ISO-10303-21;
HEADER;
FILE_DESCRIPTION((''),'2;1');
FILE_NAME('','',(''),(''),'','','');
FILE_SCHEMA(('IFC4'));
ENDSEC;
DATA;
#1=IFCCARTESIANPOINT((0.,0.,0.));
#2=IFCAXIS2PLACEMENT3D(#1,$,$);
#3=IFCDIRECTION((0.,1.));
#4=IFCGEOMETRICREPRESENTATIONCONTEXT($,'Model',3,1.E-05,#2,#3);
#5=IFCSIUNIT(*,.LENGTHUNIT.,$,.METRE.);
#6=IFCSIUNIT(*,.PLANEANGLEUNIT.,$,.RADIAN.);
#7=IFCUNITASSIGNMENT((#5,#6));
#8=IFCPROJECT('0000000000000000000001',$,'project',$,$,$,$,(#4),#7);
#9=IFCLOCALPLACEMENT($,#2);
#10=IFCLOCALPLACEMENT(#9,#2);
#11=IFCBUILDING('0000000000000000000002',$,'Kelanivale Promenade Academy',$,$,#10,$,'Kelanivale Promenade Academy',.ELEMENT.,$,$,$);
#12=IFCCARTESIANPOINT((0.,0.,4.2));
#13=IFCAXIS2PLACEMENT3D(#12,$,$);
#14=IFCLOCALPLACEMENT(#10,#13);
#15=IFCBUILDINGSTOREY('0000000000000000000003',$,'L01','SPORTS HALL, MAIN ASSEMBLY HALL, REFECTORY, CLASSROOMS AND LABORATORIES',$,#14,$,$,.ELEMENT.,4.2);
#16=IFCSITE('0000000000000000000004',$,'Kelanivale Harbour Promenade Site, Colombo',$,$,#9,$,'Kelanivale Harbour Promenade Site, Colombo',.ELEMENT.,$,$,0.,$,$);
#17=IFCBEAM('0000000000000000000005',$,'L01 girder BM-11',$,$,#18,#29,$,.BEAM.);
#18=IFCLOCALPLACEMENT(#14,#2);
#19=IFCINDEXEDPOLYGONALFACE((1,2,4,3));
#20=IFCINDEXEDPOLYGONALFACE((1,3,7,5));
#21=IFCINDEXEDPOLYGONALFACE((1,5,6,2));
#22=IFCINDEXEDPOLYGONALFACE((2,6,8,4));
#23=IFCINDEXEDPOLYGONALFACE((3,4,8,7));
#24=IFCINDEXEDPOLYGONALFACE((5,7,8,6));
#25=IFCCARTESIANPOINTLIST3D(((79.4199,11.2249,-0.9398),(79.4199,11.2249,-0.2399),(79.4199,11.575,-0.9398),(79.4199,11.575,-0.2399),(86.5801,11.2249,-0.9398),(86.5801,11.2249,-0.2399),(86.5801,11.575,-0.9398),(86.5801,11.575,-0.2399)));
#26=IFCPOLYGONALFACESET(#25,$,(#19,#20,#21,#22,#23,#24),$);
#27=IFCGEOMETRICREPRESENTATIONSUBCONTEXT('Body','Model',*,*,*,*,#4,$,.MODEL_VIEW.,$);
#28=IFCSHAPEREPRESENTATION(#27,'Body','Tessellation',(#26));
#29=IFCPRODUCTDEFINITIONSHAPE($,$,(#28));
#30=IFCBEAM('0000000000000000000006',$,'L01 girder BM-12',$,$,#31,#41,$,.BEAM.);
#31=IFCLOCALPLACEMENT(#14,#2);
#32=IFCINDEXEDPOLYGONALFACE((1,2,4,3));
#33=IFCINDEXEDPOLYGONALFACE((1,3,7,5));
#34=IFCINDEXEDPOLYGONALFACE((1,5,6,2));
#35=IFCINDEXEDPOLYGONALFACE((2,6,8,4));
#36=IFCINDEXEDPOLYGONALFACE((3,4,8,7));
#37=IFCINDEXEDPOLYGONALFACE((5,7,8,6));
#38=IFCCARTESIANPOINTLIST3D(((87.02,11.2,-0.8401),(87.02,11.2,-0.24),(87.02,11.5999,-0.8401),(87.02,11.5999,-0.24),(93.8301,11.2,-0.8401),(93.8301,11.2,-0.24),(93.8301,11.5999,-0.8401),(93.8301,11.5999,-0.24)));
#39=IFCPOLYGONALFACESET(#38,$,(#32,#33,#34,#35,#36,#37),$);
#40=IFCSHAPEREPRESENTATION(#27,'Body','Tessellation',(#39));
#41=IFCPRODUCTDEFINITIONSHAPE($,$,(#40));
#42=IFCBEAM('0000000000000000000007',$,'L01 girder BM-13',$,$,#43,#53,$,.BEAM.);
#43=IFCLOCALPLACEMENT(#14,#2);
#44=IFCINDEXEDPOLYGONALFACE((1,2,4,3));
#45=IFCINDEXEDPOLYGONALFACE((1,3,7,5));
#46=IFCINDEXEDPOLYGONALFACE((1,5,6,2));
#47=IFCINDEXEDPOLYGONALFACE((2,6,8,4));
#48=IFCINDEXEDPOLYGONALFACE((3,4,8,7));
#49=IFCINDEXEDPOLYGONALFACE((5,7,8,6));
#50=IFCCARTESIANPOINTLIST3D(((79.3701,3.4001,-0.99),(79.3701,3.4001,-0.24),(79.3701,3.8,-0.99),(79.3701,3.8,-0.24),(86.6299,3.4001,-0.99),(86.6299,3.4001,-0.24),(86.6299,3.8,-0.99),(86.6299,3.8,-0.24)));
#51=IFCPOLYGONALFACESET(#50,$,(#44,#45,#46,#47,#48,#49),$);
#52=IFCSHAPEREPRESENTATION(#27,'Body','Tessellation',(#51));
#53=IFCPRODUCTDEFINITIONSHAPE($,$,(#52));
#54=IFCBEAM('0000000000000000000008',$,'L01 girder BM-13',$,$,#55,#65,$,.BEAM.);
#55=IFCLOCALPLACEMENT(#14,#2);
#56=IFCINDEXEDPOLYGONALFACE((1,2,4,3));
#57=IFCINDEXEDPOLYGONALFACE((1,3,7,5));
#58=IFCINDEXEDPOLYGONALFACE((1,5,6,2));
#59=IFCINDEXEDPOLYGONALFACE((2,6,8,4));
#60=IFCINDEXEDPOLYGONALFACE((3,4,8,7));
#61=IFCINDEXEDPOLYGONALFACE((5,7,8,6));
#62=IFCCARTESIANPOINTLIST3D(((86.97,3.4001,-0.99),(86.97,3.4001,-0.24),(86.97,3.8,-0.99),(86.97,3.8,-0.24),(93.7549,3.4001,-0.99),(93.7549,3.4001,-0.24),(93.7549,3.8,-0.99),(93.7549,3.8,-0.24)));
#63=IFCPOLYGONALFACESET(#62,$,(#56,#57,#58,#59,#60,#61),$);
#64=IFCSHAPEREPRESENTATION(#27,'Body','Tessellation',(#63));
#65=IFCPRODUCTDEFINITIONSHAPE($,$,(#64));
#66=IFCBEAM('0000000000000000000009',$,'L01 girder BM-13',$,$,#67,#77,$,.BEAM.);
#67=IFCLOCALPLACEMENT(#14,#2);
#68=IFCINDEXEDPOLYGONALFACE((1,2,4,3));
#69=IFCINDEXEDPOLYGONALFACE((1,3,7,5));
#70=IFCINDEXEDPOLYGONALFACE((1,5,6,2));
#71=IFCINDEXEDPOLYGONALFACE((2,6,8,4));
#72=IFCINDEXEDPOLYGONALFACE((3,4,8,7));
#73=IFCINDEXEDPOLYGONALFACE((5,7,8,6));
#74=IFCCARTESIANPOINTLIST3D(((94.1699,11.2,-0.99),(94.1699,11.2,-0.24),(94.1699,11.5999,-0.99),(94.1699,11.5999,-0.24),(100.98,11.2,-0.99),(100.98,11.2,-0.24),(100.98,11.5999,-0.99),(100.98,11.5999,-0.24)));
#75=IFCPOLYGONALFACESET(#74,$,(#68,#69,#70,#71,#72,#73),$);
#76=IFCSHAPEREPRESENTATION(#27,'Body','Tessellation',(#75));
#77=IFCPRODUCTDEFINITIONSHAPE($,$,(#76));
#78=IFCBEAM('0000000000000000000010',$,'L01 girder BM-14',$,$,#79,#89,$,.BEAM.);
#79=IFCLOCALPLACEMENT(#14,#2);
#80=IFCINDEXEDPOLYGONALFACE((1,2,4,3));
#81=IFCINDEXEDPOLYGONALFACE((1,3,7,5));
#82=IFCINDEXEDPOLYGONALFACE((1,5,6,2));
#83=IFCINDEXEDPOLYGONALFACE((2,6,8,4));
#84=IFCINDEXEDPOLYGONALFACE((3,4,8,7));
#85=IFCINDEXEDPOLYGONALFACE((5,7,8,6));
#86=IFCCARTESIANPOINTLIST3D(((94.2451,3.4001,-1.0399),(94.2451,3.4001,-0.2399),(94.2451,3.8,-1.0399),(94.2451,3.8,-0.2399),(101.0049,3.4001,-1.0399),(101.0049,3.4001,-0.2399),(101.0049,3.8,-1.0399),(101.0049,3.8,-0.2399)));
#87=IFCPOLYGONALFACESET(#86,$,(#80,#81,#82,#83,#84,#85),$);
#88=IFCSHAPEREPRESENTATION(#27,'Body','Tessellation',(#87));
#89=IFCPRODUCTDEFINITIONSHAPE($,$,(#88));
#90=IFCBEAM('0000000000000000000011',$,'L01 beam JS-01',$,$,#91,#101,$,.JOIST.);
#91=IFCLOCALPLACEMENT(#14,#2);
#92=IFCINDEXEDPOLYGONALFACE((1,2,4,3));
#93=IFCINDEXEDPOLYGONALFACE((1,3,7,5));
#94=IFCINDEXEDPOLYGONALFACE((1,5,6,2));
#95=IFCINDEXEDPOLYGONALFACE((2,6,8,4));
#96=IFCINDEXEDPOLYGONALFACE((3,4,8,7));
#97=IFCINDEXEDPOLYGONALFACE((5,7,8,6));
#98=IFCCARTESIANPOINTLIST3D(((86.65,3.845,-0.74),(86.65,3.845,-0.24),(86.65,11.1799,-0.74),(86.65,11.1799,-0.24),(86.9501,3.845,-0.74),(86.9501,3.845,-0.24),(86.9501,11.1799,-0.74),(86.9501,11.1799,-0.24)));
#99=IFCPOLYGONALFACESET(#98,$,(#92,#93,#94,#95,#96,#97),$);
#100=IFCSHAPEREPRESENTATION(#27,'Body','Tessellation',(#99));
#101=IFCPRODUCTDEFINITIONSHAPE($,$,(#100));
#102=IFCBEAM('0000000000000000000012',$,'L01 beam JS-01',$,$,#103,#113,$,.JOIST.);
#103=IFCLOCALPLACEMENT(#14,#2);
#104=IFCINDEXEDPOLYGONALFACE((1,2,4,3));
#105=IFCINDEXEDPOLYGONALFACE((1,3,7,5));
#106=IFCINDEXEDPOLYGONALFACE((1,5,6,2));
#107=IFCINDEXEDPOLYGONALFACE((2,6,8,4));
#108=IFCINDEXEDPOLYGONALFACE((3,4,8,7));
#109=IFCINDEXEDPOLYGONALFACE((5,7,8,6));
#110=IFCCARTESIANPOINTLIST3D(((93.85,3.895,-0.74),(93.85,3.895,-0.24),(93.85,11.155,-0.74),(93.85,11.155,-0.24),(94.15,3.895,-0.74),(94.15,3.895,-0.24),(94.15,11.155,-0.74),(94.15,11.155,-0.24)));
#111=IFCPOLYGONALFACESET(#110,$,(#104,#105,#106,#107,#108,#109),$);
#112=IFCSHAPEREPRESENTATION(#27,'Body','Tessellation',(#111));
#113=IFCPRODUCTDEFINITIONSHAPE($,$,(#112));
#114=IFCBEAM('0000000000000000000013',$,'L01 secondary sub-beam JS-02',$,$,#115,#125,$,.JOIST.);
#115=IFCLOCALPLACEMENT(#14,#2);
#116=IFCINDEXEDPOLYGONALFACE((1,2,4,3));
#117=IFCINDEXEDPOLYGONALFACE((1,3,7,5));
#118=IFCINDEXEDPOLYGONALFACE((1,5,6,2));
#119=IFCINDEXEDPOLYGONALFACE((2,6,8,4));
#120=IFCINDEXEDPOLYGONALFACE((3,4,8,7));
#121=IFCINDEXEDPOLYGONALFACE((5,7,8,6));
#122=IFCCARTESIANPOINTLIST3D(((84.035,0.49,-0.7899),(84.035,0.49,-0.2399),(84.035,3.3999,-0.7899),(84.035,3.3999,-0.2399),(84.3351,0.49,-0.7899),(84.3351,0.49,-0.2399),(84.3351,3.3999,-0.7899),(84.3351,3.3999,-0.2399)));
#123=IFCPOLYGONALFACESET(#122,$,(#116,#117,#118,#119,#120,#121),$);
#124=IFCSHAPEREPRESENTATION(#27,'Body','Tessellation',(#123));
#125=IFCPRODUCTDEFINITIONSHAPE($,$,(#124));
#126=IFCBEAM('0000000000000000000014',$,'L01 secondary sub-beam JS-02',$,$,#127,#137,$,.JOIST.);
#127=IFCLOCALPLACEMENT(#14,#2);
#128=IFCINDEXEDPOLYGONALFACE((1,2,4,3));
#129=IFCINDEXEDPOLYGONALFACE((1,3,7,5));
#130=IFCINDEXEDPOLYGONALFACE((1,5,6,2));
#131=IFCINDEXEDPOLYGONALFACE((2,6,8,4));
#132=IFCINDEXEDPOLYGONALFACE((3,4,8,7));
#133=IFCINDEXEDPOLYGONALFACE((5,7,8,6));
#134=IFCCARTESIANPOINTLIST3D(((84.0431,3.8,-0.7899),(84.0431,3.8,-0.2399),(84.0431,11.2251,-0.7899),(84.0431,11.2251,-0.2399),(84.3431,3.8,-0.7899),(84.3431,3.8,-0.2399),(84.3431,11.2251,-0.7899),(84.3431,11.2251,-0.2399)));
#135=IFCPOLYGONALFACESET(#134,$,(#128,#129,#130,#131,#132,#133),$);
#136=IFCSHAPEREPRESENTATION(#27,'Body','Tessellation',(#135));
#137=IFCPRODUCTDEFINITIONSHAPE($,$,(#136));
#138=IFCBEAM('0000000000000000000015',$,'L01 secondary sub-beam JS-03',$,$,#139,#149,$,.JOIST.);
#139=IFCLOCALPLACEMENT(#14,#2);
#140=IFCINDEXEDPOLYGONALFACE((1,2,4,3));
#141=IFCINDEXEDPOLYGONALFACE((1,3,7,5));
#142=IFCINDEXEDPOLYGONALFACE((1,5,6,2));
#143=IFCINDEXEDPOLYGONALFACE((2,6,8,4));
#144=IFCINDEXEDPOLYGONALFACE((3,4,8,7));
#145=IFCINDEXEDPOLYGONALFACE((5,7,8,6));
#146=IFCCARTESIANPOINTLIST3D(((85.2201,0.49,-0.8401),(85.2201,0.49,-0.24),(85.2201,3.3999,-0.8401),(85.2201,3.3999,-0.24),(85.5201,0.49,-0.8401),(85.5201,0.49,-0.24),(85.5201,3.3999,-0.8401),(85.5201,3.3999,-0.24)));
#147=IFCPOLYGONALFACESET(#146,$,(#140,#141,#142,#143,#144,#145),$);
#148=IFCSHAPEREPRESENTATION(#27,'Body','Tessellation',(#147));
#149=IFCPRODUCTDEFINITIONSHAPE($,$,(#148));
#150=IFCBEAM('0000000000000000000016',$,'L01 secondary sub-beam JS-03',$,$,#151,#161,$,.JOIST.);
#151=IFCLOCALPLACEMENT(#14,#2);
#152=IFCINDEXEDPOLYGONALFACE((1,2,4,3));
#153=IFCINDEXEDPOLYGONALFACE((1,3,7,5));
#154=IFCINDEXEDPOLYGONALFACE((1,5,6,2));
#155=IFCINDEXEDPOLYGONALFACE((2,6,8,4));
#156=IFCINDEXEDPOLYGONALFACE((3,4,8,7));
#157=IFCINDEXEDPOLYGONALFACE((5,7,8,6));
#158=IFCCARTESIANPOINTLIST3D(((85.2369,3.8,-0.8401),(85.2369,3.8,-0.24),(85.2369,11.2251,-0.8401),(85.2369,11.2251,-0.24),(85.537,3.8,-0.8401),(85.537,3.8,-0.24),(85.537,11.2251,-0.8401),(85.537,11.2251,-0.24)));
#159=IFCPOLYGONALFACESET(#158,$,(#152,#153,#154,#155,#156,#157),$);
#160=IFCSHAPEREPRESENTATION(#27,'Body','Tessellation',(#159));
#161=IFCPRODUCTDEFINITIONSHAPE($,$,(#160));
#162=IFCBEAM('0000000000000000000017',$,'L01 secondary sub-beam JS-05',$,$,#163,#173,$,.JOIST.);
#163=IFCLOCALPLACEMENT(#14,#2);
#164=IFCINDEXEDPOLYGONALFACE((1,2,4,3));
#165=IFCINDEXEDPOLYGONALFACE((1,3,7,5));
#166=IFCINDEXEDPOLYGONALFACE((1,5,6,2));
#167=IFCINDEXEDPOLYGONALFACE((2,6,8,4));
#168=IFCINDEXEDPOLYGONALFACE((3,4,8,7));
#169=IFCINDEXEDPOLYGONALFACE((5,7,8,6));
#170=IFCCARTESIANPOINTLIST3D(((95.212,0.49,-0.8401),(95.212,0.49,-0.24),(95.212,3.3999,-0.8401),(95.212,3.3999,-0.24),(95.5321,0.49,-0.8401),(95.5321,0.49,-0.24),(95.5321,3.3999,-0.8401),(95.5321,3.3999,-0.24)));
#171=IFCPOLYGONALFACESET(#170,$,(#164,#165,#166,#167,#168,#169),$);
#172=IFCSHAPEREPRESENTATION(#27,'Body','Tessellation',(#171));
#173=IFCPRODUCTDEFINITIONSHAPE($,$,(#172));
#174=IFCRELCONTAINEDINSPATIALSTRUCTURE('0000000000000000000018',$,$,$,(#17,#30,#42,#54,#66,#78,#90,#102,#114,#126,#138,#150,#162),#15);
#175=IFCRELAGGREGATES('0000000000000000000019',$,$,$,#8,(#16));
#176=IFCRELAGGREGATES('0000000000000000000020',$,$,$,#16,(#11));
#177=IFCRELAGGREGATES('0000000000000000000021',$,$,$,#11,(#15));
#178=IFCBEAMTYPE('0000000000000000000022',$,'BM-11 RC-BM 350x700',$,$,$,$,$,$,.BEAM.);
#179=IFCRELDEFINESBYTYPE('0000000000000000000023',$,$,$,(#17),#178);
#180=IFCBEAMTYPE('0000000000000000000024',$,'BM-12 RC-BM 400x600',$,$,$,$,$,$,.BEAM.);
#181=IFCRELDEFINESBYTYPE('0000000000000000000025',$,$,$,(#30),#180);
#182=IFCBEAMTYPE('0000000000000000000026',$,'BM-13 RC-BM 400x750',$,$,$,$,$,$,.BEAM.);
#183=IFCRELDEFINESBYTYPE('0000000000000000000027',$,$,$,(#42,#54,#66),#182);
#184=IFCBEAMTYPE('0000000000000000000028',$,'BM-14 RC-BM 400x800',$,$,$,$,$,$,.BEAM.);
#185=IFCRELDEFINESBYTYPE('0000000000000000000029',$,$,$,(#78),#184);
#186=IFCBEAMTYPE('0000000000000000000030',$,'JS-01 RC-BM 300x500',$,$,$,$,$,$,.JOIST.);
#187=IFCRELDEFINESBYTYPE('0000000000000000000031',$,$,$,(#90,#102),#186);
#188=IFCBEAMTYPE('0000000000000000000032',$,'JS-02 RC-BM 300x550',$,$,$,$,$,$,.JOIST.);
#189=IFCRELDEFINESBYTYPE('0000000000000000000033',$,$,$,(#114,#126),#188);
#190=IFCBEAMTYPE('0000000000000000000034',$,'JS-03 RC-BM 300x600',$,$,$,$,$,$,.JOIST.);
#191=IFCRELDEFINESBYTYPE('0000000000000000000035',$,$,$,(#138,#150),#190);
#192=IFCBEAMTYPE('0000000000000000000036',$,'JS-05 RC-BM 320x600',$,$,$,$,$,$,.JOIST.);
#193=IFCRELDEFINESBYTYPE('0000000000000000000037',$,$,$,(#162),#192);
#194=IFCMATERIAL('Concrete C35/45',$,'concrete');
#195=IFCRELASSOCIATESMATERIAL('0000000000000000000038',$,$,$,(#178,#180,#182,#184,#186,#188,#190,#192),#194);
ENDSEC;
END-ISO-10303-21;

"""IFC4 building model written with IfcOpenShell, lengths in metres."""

from ifc_helpers import new_model, si_unit, direction, frame, origin, origin_2d, place, context, subcontext, project, spatial, rectangle, extrude, material, material_profile, profile_set, type_object, element, save


model = new_model("IFC4")

# Units and contexts
model_context = context("Model", 3, precision=1e-05, world=origin(), true_north=direction((0.0, 1.0)))
body_context = subcontext(model_context, "Body", "Model", "MODEL_VIEW")
ifc_project = project(units=[si_unit("LENGTHUNIT", "METRE"), si_unit("PLANEANGLEUNIT", "RADIAN")], contexts=[model_context])

# Site, building, storey
site_placement = place(None, origin())
site = spatial("IfcSite", under=ifc_project, at=site_placement, Name="Kelanivale Harbour Promenade Site, Colombo", LongName="Kelanivale Harbour Promenade Site, Colombo", CompositionType="ELEMENT", RefElevation=0.0)
building_placement = place(site_placement, origin())
building = spatial("IfcBuilding", under=site, at=building_placement, Name="Kelanivale Promenade Academy", LongName="Kelanivale Promenade Academy", CompositionType="ELEMENT")
storey_placement = place(building_placement, frame((0.0, 0.0, 4.2)))
storey = spatial("IfcBuildingStorey", under=building, at=storey_placement, Name="L01", Description="SPORTS HALL, MAIN ASSEMBLY HALL, REFECTORY, CLASSROOMS AND LABORATORIES", CompositionType="ELEMENT", Elevation=4.2)

# Beams
ifc_material_1 = material(Name="Concrete C35/45", Category="concrete")
ifc_material_profile_1 = material_profile(ifc_material_1, rectangle(XDim=0.3501, YDim=0.7, at=origin_2d()), Name="RC-BM 350x700")
ifc_profile_set_1 = profile_set([ifc_material_profile_1], Name="Concrete C35/45")
beam_type_1 = type_object("IfcBeamType", Name="BM-11 RC-BM 350x700", PredefinedType="BEAM", material=ifc_profile_set_1)
beam_1_placement = place(storey_placement, frame((79.4199, 11.3999, -0.5898), z_axis=(1.0, 0.0, 0.0), x_axis=(0.0, 1.0, 0.0)))
element("IfcBeam", 1, at=beam_1_placement, inside=storey, type_object=beam_type_1, Name="L01 girder BM-11", PredefinedType="BEAM", context=body_context, shape_type="SweptSolid", body=[
    extrude(rectangle(XDim=0.3501, YDim=0.7, at=origin_2d()), origin(), (0.0, 0.0, 1.0), 7.1602),
])
ifc_material_profile_2 = material_profile(ifc_material_1, rectangle(XDim=0.3999, YDim=0.6001, at=origin_2d()), Name="RC-BM 400x600")
ifc_profile_set_2 = profile_set([ifc_material_profile_2], Name="Concrete C35/45")
beam_type_2 = type_object("IfcBeamType", Name="BM-12 RC-BM 400x600", PredefinedType="BEAM", material=ifc_profile_set_2)
beam_2_placement = place(storey_placement, frame((87.02, 11.3999, -0.54), z_axis=(1.0, 0.0, 0.0), x_axis=(0.0, 1.0, 0.0)))
element("IfcBeam", 2, at=beam_2_placement, inside=storey, type_object=beam_type_2, Name="L01 girder BM-12", PredefinedType="BEAM", context=body_context, shape_type="SweptSolid", body=[
    extrude(rectangle(XDim=0.3999, YDim=0.6001, at=origin_2d()), origin(), (0.0, 0.0, 1.0), 6.8101),
])
ifc_material_profile_3 = material_profile(ifc_material_1, rectangle(XDim=0.3999, YDim=0.75, at=origin_2d()), Name="RC-BM 400x750")
ifc_profile_set_3 = profile_set([ifc_material_profile_3], Name="Concrete C35/45")
beam_type_3 = type_object("IfcBeamType", Name="BM-13 RC-BM 400x750", PredefinedType="BEAM", material=ifc_profile_set_3)
beam_3_placement = place(storey_placement, frame((79.3701, 3.6001, -0.615), z_axis=(1.0, 0.0, 0.0), x_axis=(0.0, 1.0, 0.0)))
element("IfcBeam", 3, at=beam_3_placement, inside=storey, type_object=beam_type_3, Name="L01 girder BM-13", PredefinedType="BEAM", context=body_context, shape_type="SweptSolid", body=[
    extrude(rectangle(XDim=0.3999, YDim=0.75, at=origin_2d()), origin(), (0.0, 0.0, 1.0), 7.2598),
])
beam_4_placement = place(storey_placement, frame((86.97, 3.6001, -0.615), z_axis=(1.0, 0.0, 0.0), x_axis=(0.0, 1.0, 0.0)))
element("IfcBeam", 4, at=beam_4_placement, inside=storey, type_object=beam_type_3, Name="L01 girder BM-13", PredefinedType="BEAM", context=body_context, shape_type="SweptSolid", body=[
    extrude(rectangle(XDim=0.3999, YDim=0.75, at=origin_2d()), origin(), (0.0, 0.0, 1.0), 6.7849),
])
beam_5_placement = place(storey_placement, frame((94.1699, 11.3999, -0.615), z_axis=(1.0, 0.0, 0.0), x_axis=(0.0, 1.0, 0.0)))
element("IfcBeam", 5, at=beam_5_placement, inside=storey, type_object=beam_type_3, Name="L01 girder BM-13", PredefinedType="BEAM", context=body_context, shape_type="SweptSolid", body=[
    extrude(rectangle(XDim=0.3999, YDim=0.75, at=origin_2d()), origin(), (0.0, 0.0, 1.0), 6.8101),
])
ifc_material_profile_4 = material_profile(ifc_material_1, rectangle(XDim=0.3999, YDim=0.8, at=origin_2d()), Name="RC-BM 400x800")
ifc_profile_set_4 = profile_set([ifc_material_profile_4], Name="Concrete C35/45")
beam_type_4 = type_object("IfcBeamType", Name="BM-14 RC-BM 400x800", PredefinedType="BEAM", material=ifc_profile_set_4)
beam_6_placement = place(storey_placement, frame((94.2451, 3.6001, -0.6399), z_axis=(1.0, 0.0, 0.0), x_axis=(0.0, 1.0, 0.0)))
element("IfcBeam", 6, at=beam_6_placement, inside=storey, type_object=beam_type_4, Name="L01 girder BM-14", PredefinedType="BEAM", context=body_context, shape_type="SweptSolid", body=[
    extrude(rectangle(XDim=0.3999, YDim=0.8, at=origin_2d()), origin(), (0.0, 0.0, 1.0), 6.7598),
])
ifc_material_profile_5 = material_profile(ifc_material_1, rectangle(XDim=0.3, YDim=0.5, at=origin_2d()), Name="RC-BM 300x500")
ifc_profile_set_5 = profile_set([ifc_material_profile_5], Name="Concrete C35/45")
beam_type_5 = type_object("IfcBeamType", Name="JS-01 RC-BM 300x500", PredefinedType="JOIST", material=ifc_profile_set_5)
beam_7_placement = place(storey_placement, frame((86.8, 3.845, -0.49), z_axis=(0.0, 1.0, 0.0), x_axis=(-1.0, 0.0, 0.0)))
element("IfcBeam", 7, at=beam_7_placement, inside=storey, type_object=beam_type_5, Name="L01 beam JS-01", PredefinedType="JOIST", context=body_context, shape_type="SweptSolid", body=[
    extrude(rectangle(XDim=0.3, YDim=0.5, at=origin_2d()), origin(), (0.0, 0.0, 1.0), 7.335),
])
beam_8_placement = place(storey_placement, frame((94.0, 3.895, -0.49), z_axis=(0.0, 1.0, 0.0), x_axis=(-1.0, 0.0, 0.0)))
element("IfcBeam", 8, at=beam_8_placement, inside=storey, type_object=beam_type_5, Name="L01 beam JS-01", PredefinedType="JOIST", context=body_context, shape_type="SweptSolid", body=[
    extrude(rectangle(XDim=0.3, YDim=0.5, at=origin_2d()), origin(), (0.0, 0.0, 1.0), 7.26),
])
ifc_material_profile_6 = material_profile(ifc_material_1, rectangle(XDim=0.3, YDim=0.55, at=origin_2d()), Name="RC-BM 300x550")
ifc_profile_set_6 = profile_set([ifc_material_profile_6], Name="Concrete C35/45")
beam_type_6 = type_object("IfcBeamType", Name="JS-02 RC-BM 300x550", PredefinedType="JOIST", material=ifc_profile_set_6)
beam_9_placement = place(storey_placement, frame((84.1851, 0.49, -0.5149), z_axis=(0.0, 1.0, 0.0), x_axis=(-1.0, 0.0, 0.0)))
element("IfcBeam", 9, at=beam_9_placement, inside=storey, type_object=beam_type_6, Name="L01 secondary sub-beam JS-02", PredefinedType="JOIST", context=body_context, shape_type="SweptSolid", body=[
    extrude(rectangle(XDim=0.3, YDim=0.55, at=origin_2d()), origin(), (0.0, 0.0, 1.0), 2.9099),
])
beam_10_placement = place(storey_placement, frame((84.1931, 3.8, -0.5149), z_axis=(0.0, 1.0, 0.0), x_axis=(-1.0, 0.0, 0.0)))
element("IfcBeam", 10, at=beam_10_placement, inside=storey, type_object=beam_type_6, Name="L01 secondary sub-beam JS-02", PredefinedType="JOIST", context=body_context, shape_type="SweptSolid", body=[
    extrude(rectangle(XDim=0.3, YDim=0.55, at=origin_2d()), origin(), (0.0, 0.0, 1.0), 7.425),
])
ifc_material_profile_7 = material_profile(ifc_material_1, rectangle(XDim=0.3, YDim=0.6001, at=origin_2d()), Name="RC-BM 300x600")
ifc_profile_set_7 = profile_set([ifc_material_profile_7], Name="Concrete C35/45")
beam_type_7 = type_object("IfcBeamType", Name="JS-03 RC-BM 300x600", PredefinedType="JOIST", material=ifc_profile_set_7)
beam_11_placement = place(storey_placement, frame((85.3701, 0.49, -0.54), z_axis=(0.0, 1.0, 0.0), x_axis=(-1.0, 0.0, 0.0)))
element("IfcBeam", 11, at=beam_11_placement, inside=storey, type_object=beam_type_7, Name="L01 secondary sub-beam JS-03", PredefinedType="JOIST", context=body_context, shape_type="SweptSolid", body=[
    extrude(rectangle(XDim=0.3, YDim=0.6001, at=origin_2d()), origin(), (0.0, 0.0, 1.0), 2.9099),
])
beam_12_placement = place(storey_placement, frame((85.387, 3.8, -0.54), z_axis=(0.0, 1.0, 0.0), x_axis=(-1.0, 0.0, 0.0)))
element("IfcBeam", 12, at=beam_12_placement, inside=storey, type_object=beam_type_7, Name="L01 secondary sub-beam JS-03", PredefinedType="JOIST", context=body_context, shape_type="SweptSolid", body=[
    extrude(rectangle(XDim=0.3, YDim=0.6001, at=origin_2d()), origin(), (0.0, 0.0, 1.0), 7.425),
])
ifc_material_profile_8 = material_profile(ifc_material_1, rectangle(XDim=0.3201, YDim=0.6001, at=origin_2d()), Name="RC-BM 320x600")
ifc_profile_set_8 = profile_set([ifc_material_profile_8], Name="Concrete C35/45")
beam_type_8 = type_object("IfcBeamType", Name="JS-05 RC-BM 320x600", PredefinedType="JOIST", material=ifc_profile_set_8)
beam_13_placement = place(storey_placement, frame((95.3721, 0.49, -0.54), z_axis=(0.0, 1.0, 0.0), x_axis=(-1.0, 0.0, 0.0)))
element("IfcBeam", 13, at=beam_13_placement, inside=storey, type_object=beam_type_8, Name="L01 secondary sub-beam JS-05", PredefinedType="JOIST", context=body_context, shape_type="SweptSolid", body=[
    extrude(rectangle(XDim=0.3201, YDim=0.6001, at=origin_2d()), origin(), (0.0, 0.0, 1.0), 2.9099),
])

save(model, "model.ifc")
